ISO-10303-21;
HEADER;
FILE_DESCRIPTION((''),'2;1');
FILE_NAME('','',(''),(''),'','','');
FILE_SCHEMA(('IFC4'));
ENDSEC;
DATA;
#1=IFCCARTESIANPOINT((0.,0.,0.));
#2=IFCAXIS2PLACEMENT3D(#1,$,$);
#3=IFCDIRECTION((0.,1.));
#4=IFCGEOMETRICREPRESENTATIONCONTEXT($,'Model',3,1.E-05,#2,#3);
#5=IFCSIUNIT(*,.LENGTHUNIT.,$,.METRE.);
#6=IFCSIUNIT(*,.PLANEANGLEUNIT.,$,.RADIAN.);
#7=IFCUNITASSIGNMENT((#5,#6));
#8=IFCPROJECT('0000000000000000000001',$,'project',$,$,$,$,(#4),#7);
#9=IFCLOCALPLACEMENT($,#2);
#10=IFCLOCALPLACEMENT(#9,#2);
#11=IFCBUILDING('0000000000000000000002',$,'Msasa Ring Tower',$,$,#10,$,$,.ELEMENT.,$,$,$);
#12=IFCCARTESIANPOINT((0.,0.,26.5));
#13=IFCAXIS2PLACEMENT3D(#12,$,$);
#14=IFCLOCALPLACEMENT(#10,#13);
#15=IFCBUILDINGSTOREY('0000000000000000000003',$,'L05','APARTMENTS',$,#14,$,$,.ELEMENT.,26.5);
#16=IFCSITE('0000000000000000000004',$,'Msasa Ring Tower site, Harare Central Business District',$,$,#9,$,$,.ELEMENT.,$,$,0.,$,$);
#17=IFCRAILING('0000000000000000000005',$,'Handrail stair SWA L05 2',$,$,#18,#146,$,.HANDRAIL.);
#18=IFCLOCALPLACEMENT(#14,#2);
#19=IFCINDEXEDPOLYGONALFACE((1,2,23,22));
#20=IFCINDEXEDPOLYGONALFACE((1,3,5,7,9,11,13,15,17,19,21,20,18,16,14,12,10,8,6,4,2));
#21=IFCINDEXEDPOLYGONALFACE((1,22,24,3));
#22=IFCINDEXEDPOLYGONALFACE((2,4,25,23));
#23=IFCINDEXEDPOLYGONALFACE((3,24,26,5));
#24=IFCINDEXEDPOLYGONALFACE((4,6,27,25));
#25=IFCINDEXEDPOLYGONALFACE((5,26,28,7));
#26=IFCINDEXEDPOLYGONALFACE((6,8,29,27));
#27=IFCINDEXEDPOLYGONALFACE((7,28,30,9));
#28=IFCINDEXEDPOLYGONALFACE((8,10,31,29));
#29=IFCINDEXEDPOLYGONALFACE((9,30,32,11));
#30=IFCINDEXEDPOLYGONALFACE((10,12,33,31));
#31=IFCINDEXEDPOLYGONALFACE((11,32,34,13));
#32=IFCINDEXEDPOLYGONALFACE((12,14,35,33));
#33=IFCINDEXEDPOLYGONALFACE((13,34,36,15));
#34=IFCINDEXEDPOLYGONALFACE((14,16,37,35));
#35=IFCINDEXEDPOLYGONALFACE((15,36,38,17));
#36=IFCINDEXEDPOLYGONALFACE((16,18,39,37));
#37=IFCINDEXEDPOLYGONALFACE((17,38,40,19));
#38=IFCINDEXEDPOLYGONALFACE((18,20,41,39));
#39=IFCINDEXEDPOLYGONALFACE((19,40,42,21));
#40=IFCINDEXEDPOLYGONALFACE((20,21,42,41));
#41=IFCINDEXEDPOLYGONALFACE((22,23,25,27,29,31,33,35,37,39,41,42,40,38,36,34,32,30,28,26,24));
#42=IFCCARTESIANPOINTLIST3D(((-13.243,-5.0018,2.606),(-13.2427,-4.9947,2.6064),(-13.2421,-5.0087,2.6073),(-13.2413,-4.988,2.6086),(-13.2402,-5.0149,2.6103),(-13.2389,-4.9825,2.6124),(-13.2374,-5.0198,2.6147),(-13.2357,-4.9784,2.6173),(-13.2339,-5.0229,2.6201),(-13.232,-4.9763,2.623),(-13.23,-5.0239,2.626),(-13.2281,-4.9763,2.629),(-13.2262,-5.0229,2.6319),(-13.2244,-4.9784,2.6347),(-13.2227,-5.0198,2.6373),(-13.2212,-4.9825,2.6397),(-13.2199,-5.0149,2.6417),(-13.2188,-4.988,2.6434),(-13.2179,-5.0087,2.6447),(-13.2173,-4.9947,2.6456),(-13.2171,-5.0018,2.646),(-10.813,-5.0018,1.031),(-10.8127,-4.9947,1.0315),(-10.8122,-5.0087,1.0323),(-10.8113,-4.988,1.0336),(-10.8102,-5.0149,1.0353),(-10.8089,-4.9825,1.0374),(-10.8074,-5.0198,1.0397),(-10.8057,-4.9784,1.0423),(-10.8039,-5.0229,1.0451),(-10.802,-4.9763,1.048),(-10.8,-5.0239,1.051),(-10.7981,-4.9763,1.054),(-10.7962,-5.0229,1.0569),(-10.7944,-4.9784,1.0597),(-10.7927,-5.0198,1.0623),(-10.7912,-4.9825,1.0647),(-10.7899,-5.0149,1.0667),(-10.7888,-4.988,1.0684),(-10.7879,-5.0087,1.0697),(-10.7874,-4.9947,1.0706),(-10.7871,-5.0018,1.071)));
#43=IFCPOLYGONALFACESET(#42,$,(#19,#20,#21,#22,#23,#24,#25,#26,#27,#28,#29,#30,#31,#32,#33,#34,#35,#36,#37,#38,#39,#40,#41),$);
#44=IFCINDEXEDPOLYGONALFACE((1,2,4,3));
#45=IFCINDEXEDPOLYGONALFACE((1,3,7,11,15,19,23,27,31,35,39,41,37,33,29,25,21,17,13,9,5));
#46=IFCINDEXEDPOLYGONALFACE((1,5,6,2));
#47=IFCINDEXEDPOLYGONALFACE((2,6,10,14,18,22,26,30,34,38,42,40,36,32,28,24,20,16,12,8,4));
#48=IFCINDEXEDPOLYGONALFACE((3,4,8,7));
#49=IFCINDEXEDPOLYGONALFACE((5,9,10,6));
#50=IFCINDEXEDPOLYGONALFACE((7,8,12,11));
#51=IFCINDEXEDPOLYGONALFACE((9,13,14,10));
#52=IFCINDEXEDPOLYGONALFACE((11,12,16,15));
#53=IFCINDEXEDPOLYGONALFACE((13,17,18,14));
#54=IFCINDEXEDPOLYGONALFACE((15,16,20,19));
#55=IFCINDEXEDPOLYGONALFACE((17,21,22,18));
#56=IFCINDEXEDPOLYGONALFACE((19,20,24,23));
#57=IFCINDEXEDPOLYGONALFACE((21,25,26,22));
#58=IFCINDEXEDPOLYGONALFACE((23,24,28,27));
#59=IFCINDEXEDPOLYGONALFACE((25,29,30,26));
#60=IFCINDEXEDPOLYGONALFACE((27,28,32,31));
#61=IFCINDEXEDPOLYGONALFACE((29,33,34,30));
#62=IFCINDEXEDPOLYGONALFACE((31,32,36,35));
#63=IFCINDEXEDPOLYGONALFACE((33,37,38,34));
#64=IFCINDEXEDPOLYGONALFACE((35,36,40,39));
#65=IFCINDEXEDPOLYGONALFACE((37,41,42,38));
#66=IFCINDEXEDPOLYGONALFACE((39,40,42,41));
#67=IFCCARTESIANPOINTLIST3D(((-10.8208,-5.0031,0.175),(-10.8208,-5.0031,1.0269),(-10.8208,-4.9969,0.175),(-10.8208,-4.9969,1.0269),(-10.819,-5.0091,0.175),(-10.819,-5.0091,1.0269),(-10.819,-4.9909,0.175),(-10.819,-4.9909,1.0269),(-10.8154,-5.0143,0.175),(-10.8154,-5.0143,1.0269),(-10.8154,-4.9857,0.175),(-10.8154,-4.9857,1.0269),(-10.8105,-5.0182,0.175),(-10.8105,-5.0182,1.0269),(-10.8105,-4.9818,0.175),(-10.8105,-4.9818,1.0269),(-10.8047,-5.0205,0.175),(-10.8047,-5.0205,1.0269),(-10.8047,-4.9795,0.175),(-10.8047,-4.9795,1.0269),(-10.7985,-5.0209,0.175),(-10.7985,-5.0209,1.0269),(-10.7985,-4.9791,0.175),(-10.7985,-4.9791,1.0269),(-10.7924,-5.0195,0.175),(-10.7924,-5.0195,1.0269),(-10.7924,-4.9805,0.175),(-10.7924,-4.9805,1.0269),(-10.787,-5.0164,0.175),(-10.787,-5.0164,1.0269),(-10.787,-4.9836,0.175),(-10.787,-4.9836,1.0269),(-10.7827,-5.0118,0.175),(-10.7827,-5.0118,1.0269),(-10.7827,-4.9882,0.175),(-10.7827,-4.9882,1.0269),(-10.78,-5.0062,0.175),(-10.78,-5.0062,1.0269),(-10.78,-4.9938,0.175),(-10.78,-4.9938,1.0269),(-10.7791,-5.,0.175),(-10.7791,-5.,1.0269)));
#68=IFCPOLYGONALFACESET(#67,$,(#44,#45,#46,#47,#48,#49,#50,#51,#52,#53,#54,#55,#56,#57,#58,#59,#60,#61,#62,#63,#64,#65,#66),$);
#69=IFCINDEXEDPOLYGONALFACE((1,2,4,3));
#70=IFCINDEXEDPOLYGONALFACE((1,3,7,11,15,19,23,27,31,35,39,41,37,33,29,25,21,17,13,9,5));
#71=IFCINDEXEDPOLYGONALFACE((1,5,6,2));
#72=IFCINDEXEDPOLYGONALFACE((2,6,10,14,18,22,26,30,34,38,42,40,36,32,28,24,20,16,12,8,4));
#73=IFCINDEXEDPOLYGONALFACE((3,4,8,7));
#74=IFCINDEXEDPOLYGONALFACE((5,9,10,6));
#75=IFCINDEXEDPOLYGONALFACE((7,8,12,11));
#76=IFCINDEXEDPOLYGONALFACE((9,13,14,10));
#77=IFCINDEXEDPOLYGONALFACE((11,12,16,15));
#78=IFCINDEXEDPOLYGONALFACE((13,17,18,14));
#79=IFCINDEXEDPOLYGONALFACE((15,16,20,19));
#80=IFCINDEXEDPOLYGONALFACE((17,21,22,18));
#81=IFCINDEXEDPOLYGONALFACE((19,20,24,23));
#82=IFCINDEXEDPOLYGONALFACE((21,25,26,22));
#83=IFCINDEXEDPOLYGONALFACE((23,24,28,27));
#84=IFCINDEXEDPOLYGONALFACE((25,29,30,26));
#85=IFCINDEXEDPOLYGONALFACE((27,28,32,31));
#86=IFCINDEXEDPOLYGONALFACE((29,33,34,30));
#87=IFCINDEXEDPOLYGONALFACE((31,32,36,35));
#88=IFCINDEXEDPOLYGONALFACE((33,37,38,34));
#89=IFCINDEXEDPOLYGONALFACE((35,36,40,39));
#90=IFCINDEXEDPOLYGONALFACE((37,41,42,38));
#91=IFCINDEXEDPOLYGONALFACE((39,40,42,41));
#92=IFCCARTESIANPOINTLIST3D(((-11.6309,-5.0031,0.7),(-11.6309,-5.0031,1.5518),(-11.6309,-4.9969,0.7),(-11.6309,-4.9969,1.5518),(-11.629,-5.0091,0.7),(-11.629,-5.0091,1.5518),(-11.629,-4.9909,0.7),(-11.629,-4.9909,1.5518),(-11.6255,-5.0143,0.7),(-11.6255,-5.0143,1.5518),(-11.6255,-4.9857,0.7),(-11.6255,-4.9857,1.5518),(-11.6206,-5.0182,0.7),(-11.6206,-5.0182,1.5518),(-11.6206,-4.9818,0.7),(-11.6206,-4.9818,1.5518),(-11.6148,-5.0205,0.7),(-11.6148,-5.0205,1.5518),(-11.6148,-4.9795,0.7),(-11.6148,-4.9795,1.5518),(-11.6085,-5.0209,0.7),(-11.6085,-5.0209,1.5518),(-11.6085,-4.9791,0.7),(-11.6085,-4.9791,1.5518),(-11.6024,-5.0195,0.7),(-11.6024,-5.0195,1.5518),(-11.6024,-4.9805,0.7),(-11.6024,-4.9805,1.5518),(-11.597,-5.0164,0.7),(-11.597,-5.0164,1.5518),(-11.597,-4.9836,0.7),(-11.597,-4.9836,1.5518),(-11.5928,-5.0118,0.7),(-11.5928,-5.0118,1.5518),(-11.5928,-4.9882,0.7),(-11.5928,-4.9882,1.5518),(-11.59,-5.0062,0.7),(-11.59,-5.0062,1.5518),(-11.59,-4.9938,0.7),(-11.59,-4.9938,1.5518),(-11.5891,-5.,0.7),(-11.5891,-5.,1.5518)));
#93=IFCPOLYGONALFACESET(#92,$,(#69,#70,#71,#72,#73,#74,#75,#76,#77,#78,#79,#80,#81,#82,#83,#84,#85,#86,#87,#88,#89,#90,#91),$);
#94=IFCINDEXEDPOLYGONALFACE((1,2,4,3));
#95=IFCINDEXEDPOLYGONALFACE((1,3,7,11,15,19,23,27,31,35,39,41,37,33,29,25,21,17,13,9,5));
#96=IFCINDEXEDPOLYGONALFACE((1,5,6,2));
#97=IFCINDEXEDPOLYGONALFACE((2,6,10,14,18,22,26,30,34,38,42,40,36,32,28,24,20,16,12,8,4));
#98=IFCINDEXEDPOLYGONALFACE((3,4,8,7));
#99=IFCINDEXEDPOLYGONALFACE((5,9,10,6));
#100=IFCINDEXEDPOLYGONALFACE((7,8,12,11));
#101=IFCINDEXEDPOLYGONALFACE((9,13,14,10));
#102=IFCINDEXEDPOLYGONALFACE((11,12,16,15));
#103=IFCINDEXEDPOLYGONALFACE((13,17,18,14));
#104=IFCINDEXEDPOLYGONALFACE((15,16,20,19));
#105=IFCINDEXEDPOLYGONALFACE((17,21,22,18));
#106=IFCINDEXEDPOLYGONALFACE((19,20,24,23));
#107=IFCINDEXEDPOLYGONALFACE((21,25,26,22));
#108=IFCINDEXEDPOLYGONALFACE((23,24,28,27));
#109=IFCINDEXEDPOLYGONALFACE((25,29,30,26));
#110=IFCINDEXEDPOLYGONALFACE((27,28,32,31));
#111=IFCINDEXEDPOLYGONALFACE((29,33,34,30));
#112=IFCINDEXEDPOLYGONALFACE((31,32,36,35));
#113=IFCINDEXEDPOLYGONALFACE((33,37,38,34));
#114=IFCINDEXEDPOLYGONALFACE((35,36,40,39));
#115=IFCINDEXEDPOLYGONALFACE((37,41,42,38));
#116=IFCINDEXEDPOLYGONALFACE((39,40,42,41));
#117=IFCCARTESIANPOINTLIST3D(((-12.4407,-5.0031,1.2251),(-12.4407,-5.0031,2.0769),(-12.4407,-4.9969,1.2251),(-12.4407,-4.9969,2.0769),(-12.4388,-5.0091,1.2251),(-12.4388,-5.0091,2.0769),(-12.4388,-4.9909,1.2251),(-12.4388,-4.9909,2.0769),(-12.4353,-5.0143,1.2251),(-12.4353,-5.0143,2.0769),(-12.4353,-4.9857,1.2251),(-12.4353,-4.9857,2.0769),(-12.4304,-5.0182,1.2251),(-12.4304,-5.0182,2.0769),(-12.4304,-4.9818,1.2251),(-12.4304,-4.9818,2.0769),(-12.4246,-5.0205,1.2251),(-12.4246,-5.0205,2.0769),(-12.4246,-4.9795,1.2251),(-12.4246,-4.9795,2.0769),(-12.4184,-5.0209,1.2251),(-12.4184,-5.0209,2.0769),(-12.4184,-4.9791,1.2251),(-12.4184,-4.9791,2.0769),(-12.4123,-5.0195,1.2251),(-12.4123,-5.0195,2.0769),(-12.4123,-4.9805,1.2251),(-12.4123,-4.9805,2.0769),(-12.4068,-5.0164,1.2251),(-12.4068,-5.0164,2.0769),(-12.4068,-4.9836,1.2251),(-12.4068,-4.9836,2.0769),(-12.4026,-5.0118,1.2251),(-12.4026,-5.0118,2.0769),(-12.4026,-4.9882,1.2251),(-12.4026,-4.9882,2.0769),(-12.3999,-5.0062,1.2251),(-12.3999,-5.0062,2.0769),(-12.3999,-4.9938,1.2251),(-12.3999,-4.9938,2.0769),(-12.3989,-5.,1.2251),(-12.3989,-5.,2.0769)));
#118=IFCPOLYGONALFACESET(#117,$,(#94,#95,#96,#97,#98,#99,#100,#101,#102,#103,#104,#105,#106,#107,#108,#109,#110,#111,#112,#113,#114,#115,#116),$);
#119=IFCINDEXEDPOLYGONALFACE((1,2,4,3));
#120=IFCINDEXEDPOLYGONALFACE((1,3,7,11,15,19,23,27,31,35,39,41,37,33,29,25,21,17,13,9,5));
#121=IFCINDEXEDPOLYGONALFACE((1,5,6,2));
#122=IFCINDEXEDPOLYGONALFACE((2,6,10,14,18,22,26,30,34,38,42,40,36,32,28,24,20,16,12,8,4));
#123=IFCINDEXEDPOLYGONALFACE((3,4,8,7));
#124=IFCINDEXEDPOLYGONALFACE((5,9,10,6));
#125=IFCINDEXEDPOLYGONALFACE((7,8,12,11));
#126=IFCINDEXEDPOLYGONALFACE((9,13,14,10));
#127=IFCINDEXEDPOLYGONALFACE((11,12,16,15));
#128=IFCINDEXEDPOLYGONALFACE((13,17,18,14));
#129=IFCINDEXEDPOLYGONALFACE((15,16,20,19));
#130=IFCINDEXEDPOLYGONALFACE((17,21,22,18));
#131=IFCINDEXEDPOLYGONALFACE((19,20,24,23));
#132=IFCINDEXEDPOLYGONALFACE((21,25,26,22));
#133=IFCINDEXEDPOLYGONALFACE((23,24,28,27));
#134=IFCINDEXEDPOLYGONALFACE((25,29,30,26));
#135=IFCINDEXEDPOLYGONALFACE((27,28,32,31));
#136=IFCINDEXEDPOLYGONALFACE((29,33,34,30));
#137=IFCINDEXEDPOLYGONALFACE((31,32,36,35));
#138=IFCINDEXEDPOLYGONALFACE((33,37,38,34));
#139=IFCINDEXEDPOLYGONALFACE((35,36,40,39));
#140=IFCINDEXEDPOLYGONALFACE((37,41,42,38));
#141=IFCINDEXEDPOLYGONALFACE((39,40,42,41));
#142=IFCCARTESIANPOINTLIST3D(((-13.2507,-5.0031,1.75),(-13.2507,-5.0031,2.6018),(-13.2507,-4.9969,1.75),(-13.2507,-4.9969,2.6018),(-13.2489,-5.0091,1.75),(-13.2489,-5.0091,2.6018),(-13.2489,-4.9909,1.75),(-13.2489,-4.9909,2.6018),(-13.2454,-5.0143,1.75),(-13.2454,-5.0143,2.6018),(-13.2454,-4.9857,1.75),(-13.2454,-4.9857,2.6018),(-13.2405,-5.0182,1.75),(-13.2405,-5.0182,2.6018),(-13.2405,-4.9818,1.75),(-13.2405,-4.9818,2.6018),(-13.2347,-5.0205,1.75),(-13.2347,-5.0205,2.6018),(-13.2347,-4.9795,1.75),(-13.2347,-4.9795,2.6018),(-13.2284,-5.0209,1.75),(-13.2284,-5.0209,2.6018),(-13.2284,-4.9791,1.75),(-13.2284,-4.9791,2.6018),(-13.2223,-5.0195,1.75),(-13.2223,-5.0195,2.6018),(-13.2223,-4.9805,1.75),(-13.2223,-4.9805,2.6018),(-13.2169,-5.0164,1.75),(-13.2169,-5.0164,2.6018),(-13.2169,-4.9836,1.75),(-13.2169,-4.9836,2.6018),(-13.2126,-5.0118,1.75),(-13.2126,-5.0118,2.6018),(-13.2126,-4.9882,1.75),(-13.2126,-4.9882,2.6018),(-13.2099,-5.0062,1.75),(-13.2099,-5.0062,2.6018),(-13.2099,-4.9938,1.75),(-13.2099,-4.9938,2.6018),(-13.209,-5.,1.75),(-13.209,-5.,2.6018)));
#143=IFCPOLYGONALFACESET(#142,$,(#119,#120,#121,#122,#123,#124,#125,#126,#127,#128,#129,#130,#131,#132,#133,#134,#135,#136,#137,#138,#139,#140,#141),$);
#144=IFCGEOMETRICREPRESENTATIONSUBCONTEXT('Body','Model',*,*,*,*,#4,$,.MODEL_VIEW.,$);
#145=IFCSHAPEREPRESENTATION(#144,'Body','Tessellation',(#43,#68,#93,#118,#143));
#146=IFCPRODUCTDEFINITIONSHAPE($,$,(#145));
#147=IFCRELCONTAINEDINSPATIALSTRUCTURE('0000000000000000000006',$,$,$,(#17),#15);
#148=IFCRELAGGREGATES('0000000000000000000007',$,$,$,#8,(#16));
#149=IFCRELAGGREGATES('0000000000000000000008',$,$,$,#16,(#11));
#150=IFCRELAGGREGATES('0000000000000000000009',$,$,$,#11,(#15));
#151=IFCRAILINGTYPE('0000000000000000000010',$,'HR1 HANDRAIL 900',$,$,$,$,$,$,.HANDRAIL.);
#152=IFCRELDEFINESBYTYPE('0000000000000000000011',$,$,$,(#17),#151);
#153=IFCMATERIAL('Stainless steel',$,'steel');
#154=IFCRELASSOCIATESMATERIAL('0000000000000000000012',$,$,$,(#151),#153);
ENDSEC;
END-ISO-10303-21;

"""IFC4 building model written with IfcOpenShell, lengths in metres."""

from ifc_helpers import new_model, si_unit, direction, frame, origin, origin_2d, place, context, subcontext, project, spatial, circle, extrude, material, type_object, element, save


model = new_model("IFC4")

# Units and contexts
model_context = context("Model", 3, precision=1e-05, world=origin(), true_north=direction((0.0, 1.0)))
body_context = subcontext(model_context, "Body", "Model", "MODEL_VIEW")
ifc_project = project(units=[si_unit("LENGTHUNIT", "METRE"), si_unit("PLANEANGLEUNIT", "RADIAN")], contexts=[model_context])

# Site, building, storey
site_placement = place(None, origin())
site = spatial("IfcSite", under=ifc_project, at=site_placement, Name="Msasa Ring Tower site, Harare Central Business District", CompositionType="ELEMENT", RefElevation=0.0)
building_placement = place(site_placement, origin())
building = spatial("IfcBuilding", under=site, at=building_placement, Name="Msasa Ring Tower", CompositionType="ELEMENT")
storey_placement = place(building_placement, frame((0.0, 0.0, 26.5)))
storey = spatial("IfcBuildingStorey", under=building, at=storey_placement, Name="L05", Description="APARTMENTS", CompositionType="ELEMENT", Elevation=26.5)

# Railing
ifc_material_1 = material(Name="Stainless steel", Category="steel")
railing_type = type_object("IfcRailingType", Name="HR1 HANDRAIL 900", PredefinedType="HANDRAIL", material=ifc_material_1)
for number, where, name in (
    (1, (-10.8, -5.0, 0.175), "Handrail stair SWA L05 2"),
):
    element("IfcRailing", number, at=place(storey_placement, frame(where)), inside=storey, type_object=railing_type, Name=name, PredefinedType="HANDRAIL", context=body_context, shape_type="SweptSolid", body=[
        extrude(circle(Radius=0.0239, at=origin_2d()), frame((0.0, 0.0, 0.876), z_axis=(-0.839154, 0.0, 0.543894), x_axis=(0.0, -1.0, 0.0)), (0.0, 0.0, 1.0), 2.8958),
        extrude(circle(Radius=0.021, at=origin_2d()), origin(), (0.0, 0.0, 1.0), 0.8518),
        extrude(circle(Radius=0.021, at=origin_2d()), frame((-0.8101, 0.0, 0.5249)), (0.0, 0.0, 1.0), 0.8518),
        extrude(circle(Radius=0.021, at=origin_2d()), frame((-1.6199, 0.0, 1.05)), (0.0, 0.0, 1.0), 0.8518),
        extrude(circle(Radius=0.021, at=origin_2d()), frame((-2.4299, 0.0, 1.575)), (0.0, 0.0, 1.0), 0.8518),
    ])

save(model, "model.ifc")
